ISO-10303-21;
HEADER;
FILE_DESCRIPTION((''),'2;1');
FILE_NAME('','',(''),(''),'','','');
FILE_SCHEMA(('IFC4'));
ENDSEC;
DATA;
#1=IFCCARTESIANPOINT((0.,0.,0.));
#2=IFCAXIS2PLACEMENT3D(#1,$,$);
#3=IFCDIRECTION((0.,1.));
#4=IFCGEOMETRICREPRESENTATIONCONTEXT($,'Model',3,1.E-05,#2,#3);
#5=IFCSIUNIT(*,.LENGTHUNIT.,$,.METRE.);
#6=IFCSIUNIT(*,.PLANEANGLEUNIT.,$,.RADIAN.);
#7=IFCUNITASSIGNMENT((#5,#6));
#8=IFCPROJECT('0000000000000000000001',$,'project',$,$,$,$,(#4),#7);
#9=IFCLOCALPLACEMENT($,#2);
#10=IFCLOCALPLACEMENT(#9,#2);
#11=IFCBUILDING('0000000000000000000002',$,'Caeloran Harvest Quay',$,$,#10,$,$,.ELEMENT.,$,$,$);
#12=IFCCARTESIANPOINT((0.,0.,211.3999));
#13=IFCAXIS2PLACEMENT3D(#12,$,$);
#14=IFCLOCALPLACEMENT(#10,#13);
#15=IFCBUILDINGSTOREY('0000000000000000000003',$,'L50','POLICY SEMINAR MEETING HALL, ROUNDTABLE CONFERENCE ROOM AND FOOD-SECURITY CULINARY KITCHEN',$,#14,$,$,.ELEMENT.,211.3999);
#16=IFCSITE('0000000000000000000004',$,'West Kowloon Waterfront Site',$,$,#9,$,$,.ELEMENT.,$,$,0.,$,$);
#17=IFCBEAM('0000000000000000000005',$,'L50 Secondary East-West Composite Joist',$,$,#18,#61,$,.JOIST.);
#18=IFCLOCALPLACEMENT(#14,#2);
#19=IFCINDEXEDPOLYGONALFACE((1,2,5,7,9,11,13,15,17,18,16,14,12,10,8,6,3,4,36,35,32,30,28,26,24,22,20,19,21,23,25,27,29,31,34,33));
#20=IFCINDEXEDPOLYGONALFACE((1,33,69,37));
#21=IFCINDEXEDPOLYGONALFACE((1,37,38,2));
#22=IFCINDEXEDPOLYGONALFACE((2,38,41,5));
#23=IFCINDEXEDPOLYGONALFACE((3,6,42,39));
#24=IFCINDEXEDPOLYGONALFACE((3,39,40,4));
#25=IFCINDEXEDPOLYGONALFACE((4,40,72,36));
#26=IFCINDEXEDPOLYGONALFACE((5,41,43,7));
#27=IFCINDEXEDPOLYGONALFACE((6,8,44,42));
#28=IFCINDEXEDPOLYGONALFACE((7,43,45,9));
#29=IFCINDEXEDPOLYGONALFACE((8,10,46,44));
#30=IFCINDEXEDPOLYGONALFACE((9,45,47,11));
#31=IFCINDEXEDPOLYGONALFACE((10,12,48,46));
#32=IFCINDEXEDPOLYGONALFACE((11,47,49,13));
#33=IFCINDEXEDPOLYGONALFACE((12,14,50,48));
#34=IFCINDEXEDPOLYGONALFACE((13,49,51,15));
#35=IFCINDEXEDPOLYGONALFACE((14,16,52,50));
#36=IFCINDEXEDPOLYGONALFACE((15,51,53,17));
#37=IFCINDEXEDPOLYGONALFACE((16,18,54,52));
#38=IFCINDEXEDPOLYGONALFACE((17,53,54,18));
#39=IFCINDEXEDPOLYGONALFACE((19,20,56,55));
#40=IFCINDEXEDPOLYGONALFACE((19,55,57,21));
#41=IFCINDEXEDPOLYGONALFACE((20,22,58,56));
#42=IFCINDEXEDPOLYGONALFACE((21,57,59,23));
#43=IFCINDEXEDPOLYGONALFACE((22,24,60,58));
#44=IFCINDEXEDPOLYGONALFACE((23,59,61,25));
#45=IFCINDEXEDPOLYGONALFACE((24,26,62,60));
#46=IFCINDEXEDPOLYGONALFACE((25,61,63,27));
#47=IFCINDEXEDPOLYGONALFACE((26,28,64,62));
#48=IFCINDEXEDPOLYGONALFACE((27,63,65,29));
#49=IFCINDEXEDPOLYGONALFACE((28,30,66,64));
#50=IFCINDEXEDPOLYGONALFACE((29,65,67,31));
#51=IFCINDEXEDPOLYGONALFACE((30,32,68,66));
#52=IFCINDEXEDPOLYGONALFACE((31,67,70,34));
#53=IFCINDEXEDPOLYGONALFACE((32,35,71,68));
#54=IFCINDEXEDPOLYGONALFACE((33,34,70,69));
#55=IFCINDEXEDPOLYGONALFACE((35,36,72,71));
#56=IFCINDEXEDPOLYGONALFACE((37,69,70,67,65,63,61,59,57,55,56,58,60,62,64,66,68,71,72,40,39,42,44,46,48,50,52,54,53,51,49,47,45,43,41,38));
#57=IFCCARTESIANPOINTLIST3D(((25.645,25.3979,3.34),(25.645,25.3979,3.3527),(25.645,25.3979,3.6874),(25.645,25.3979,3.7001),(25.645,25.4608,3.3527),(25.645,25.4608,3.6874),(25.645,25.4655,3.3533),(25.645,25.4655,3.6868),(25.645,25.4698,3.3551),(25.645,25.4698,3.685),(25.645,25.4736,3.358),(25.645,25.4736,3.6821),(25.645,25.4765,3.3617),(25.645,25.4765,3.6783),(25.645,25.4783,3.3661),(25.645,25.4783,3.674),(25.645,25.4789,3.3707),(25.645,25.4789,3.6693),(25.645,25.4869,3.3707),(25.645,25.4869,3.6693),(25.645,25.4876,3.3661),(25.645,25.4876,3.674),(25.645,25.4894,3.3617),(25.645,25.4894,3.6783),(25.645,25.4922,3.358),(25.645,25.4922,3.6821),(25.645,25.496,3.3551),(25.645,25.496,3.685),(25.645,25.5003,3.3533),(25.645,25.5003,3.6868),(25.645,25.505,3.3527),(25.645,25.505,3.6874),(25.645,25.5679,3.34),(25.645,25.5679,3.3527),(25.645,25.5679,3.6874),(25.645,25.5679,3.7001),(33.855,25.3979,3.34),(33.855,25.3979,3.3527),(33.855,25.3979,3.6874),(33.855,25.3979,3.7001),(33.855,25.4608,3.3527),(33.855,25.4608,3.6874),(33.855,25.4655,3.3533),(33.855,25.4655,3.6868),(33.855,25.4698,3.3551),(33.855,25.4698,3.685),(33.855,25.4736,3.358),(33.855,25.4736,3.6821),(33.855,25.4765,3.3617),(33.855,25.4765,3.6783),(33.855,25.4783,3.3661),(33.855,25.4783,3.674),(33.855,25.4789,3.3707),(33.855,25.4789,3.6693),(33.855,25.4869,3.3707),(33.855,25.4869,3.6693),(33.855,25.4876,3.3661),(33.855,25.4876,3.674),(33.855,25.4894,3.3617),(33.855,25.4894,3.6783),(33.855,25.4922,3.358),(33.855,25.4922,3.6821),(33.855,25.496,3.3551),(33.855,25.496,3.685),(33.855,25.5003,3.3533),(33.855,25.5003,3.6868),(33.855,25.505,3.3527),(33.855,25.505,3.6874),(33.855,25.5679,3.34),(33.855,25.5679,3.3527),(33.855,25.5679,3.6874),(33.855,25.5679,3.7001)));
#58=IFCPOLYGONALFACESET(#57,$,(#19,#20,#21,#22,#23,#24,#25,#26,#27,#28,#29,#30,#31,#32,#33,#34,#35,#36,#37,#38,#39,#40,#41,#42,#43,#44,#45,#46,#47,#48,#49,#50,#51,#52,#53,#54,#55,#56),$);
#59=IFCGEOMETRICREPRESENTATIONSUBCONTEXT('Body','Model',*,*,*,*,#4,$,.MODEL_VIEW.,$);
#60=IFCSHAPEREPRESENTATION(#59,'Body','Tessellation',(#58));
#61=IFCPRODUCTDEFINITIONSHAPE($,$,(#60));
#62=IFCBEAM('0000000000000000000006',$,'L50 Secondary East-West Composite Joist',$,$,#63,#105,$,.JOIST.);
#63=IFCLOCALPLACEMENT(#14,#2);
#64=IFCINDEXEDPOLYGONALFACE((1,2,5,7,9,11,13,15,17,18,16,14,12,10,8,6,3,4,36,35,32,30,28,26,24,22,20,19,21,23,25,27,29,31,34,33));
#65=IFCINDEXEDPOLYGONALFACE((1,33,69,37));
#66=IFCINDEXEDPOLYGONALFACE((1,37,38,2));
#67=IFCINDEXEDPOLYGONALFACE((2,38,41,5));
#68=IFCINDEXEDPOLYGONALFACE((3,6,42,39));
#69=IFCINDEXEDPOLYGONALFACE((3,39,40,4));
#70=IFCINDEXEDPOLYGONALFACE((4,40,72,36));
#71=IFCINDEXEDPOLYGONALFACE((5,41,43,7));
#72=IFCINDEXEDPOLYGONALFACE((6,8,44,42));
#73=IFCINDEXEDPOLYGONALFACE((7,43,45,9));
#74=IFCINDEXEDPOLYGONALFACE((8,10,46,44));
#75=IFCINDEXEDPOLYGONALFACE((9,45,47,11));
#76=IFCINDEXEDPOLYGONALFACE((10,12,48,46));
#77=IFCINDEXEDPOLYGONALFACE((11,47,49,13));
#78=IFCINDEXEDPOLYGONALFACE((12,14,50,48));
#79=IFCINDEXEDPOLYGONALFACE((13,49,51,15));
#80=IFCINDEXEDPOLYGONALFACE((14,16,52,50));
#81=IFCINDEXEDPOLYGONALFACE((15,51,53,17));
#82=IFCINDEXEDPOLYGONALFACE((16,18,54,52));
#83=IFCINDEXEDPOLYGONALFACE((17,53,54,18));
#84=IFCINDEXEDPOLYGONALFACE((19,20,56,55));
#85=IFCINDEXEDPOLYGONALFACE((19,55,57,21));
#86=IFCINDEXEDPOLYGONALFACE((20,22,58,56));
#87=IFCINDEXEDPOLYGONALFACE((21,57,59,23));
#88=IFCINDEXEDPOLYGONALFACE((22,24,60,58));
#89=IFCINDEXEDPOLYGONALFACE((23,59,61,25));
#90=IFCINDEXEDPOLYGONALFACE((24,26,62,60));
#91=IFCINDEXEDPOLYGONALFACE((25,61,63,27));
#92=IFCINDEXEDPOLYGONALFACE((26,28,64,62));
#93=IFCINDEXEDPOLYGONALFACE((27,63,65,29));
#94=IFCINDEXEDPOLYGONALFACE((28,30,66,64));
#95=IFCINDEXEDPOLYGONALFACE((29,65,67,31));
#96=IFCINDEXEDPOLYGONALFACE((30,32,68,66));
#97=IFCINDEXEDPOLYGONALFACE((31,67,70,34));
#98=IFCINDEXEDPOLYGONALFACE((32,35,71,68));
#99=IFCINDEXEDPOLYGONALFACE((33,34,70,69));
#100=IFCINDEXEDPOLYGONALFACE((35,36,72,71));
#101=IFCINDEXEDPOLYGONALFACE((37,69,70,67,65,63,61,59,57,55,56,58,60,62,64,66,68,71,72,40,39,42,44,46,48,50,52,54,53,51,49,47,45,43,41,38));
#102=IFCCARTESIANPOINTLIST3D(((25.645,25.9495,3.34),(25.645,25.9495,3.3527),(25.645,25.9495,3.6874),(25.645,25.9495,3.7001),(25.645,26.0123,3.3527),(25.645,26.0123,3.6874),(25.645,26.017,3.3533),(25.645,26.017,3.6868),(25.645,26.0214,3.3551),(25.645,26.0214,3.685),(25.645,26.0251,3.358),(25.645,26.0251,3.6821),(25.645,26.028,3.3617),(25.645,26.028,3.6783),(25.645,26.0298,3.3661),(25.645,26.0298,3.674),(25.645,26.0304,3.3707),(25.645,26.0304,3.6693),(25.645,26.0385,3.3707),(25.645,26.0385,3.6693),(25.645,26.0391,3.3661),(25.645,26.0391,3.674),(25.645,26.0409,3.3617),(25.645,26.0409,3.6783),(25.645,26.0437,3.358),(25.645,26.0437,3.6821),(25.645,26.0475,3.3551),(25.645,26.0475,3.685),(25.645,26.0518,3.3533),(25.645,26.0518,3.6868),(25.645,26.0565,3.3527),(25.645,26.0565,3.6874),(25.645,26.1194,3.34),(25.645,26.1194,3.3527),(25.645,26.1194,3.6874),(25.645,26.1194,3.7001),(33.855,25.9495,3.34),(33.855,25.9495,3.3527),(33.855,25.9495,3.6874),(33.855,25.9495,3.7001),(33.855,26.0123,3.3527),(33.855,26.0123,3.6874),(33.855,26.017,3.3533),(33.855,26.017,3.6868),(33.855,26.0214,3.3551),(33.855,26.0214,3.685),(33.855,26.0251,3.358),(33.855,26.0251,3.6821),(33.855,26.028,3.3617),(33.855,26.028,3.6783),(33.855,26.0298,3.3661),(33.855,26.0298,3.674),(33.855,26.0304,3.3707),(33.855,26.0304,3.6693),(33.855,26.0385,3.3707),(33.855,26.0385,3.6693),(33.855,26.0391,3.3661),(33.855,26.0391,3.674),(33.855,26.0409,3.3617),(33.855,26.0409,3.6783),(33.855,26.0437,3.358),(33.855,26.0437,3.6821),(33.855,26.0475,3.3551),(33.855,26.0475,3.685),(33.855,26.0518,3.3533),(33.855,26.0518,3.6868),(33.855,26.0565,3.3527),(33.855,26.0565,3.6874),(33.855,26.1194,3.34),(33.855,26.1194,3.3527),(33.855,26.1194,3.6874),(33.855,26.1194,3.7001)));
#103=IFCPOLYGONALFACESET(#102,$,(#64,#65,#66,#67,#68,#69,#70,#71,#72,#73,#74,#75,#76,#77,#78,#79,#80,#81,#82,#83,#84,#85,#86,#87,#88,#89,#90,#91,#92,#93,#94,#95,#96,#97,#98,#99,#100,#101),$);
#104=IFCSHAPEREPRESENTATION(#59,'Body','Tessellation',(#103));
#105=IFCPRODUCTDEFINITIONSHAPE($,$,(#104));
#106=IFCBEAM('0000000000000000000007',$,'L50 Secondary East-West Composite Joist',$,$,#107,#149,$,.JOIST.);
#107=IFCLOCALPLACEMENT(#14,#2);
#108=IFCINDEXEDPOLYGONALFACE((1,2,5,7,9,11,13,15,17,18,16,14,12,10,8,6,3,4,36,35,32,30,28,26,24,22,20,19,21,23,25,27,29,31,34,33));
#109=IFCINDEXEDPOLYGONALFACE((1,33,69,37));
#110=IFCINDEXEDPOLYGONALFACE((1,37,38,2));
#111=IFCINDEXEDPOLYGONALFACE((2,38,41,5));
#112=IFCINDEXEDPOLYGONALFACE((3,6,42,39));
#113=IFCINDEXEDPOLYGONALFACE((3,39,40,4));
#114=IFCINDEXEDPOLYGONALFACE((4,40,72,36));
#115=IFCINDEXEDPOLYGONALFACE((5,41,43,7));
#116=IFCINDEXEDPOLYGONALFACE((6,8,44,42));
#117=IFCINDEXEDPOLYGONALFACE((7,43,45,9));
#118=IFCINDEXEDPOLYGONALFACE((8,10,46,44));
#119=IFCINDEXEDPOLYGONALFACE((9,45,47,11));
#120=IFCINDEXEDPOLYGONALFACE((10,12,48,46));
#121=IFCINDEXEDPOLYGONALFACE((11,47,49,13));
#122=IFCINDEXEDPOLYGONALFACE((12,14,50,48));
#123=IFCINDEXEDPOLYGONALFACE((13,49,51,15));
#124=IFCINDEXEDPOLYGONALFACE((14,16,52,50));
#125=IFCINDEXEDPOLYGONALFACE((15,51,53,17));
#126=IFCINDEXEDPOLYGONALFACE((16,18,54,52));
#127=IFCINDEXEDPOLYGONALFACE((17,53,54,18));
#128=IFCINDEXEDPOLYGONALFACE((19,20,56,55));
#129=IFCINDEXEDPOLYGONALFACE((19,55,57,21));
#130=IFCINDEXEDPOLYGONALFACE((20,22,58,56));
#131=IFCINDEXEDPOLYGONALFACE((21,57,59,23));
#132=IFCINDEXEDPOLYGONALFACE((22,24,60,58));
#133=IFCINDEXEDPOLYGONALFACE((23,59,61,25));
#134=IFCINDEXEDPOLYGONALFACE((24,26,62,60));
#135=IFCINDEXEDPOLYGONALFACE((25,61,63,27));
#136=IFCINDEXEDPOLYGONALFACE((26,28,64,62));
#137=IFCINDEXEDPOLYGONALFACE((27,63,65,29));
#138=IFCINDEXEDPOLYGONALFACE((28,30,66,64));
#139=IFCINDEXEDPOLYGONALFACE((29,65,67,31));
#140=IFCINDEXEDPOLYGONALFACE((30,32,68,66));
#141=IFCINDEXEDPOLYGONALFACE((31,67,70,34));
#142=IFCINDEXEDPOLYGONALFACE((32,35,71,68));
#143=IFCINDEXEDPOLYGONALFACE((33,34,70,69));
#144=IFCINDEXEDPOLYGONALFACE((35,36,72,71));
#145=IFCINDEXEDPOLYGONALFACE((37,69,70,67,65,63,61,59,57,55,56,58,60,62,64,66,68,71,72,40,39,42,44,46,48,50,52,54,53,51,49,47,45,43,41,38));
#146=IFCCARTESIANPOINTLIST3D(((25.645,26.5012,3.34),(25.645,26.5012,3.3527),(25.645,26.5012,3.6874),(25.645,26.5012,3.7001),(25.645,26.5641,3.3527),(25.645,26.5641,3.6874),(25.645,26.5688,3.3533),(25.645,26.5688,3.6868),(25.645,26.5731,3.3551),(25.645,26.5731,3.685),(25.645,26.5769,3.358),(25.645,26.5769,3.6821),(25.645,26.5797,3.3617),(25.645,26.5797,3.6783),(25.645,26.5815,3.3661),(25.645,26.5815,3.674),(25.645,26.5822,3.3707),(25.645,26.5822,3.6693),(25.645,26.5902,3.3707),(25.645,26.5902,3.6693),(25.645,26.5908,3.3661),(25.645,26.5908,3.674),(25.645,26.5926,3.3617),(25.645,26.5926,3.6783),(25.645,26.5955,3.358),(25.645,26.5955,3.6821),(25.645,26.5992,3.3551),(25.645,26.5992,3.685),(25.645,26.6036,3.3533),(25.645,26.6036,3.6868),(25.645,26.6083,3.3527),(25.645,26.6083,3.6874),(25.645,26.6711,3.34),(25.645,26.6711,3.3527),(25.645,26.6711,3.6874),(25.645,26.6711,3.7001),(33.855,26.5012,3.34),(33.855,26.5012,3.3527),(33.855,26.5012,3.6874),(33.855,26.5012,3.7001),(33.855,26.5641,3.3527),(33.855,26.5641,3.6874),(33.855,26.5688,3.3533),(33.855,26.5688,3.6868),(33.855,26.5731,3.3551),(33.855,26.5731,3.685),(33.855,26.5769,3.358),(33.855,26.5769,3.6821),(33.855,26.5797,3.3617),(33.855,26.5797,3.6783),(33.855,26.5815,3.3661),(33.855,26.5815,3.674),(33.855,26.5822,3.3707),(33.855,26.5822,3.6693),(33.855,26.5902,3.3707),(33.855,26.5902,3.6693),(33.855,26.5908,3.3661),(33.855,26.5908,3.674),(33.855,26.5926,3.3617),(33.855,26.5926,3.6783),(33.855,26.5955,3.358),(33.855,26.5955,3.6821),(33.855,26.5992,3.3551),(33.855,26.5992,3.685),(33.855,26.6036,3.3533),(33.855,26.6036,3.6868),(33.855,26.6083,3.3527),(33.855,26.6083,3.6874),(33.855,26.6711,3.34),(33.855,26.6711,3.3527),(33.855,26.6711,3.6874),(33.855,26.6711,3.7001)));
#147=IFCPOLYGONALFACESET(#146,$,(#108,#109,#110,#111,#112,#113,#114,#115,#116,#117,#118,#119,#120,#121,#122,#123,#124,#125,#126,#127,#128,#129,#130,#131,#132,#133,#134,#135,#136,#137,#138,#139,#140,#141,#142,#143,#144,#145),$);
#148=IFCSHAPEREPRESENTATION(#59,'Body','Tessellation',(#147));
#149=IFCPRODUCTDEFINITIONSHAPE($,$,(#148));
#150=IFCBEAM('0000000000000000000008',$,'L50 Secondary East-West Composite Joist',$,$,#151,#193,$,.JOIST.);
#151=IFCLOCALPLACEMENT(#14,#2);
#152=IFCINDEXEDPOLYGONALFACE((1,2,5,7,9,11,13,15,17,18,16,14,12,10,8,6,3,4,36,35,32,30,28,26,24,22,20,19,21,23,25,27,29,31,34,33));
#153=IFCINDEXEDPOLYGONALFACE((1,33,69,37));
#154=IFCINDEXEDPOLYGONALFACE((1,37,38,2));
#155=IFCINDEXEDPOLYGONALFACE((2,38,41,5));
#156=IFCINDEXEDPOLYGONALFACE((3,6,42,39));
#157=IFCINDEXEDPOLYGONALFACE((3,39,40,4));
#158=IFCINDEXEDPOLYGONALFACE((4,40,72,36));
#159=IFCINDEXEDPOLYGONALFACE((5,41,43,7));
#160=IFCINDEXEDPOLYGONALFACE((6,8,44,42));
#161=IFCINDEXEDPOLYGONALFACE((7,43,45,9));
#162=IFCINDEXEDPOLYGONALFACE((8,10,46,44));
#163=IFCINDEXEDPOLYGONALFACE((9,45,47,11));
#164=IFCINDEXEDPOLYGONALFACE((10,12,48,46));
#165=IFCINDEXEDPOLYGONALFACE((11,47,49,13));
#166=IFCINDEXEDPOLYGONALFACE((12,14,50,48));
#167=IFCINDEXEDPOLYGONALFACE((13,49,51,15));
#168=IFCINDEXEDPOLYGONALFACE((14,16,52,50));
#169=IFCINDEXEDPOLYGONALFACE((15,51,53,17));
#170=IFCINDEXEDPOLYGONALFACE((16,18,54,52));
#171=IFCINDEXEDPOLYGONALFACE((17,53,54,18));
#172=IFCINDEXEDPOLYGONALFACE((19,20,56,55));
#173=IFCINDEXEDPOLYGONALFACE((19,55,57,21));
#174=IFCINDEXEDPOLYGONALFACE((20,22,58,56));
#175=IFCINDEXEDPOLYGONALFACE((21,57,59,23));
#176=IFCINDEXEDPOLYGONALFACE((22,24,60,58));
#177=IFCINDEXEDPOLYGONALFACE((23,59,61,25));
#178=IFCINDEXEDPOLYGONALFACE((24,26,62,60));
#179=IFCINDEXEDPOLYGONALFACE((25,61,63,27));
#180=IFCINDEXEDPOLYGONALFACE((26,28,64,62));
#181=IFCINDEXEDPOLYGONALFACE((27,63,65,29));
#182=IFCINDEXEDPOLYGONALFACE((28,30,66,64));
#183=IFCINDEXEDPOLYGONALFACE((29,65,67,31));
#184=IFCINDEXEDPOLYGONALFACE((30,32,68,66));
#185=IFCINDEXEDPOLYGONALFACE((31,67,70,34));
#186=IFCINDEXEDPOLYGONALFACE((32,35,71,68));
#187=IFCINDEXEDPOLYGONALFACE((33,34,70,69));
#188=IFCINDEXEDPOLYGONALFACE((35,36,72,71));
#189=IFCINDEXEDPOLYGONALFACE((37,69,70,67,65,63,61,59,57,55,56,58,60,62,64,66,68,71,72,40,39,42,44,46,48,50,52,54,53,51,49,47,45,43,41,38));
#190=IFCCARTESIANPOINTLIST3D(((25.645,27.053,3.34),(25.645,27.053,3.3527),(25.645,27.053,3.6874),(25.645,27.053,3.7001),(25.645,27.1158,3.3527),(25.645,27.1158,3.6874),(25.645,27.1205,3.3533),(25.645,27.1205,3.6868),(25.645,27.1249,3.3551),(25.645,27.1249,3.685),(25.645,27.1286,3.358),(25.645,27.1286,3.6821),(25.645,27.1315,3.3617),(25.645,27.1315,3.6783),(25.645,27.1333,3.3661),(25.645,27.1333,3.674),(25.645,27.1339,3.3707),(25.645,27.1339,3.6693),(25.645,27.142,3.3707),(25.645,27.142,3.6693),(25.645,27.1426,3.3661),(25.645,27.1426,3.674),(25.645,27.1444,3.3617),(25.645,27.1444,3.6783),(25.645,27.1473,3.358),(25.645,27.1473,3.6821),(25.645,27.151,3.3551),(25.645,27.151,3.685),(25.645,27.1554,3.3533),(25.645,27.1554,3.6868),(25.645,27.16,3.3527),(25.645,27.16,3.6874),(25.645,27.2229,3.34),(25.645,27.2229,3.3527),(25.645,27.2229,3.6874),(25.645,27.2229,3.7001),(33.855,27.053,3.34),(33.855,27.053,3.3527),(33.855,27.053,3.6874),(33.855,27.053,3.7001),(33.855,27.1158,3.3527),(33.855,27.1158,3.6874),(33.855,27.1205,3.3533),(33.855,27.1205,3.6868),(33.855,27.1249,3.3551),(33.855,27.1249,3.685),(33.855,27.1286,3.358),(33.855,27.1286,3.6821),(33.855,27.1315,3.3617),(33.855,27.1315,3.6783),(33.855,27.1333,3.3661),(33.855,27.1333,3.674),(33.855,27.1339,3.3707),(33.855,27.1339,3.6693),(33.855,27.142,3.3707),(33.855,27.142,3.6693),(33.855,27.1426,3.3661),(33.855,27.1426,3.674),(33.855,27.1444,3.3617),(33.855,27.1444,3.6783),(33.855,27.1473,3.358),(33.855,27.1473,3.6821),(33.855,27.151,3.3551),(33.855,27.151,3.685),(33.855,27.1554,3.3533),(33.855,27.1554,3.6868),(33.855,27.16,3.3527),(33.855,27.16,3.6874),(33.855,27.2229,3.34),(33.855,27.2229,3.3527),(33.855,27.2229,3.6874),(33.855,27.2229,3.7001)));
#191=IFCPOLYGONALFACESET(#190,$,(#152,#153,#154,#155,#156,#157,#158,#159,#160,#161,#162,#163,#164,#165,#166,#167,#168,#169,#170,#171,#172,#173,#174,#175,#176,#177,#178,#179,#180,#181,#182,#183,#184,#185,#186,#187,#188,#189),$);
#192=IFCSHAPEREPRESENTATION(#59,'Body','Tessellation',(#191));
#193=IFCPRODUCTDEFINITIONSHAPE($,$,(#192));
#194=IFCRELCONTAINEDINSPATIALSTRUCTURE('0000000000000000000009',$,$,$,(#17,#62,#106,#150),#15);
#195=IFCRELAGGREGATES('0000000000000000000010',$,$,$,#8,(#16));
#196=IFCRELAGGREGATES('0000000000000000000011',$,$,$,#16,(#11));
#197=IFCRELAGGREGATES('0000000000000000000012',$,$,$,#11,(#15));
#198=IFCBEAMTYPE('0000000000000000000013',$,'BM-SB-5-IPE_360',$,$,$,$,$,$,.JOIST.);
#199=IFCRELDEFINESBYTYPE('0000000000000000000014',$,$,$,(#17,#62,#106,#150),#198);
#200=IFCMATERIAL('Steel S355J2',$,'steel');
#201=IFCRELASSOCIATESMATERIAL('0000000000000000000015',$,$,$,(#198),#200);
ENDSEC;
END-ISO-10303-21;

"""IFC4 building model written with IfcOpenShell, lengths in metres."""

from ifc_helpers import new_model, si_unit, direction, frame, origin, origin_2d, place, context, subcontext, project, spatial, i_section, extrude, material, material_profile, profile_set, type_object, element, save


model = new_model("IFC4")

# Units and contexts
model_context = context("Model", 3, precision=1e-05, world=origin(), true_north=direction((0.0, 1.0)))
body_context = subcontext(model_context, "Body", "Model", "MODEL_VIEW")
ifc_project = project(units=[si_unit("LENGTHUNIT", "METRE"), si_unit("PLANEANGLEUNIT", "RADIAN")], contexts=[model_context])

# Site, building, storey
site_placement = place(None, origin())
site = spatial("IfcSite", under=ifc_project, at=site_placement, Name="West Kowloon Waterfront Site", CompositionType="ELEMENT", RefElevation=0.0)
building_placement = place(site_placement, origin())
building = spatial("IfcBuilding", under=site, at=building_placement, Name="Caeloran Harvest Quay", CompositionType="ELEMENT")
storey_placement = place(building_placement, frame((0.0, 0.0, 211.3999)))
storey = spatial("IfcBuildingStorey", under=building, at=storey_placement, Name="L50", Description="POLICY SEMINAR MEETING HALL, ROUNDTABLE CONFERENCE ROOM AND FOOD-SECURITY CULINARY KITCHEN", CompositionType="ELEMENT", Elevation=211.3999)

# Beams
ifc_material_1 = material(Name="Steel S355J2", Category="steel")
ifc_material_profile_1 = material_profile(ifc_material_1, i_section(OverallWidth=0.1699, OverallDepth=0.3601, WebThickness=0.0081, FlangeThickness=0.0127, FilletRadius=0.0181, at=origin_2d()), Name="IPE 360")
ifc_profile_set_1 = profile_set([ifc_material_profile_1], Name="Steel S355J2")
beam_type_1 = type_object("IfcBeamType", Name="BM-SB-5-IPE_360", PredefinedType="JOIST", material=ifc_profile_set_1)
for number, where, z_axis, x_axis, name in (
    (1, (25.645, 25.4829, 3.52), (1.0, 0.0, 0.0), (0.0, 1.0, 0.0), "L50 Secondary East-West Composite Joist"),
    (2, (25.645, 26.0344, 3.52), (1.0, 0.0, 0.0), (0.0, 1.0, 0.0), "L50 Secondary East-West Composite Joist"),
    (3, (25.645, 26.5862, 3.52), (1.0, 0.0, 0.0), (0.0, 1.0, 0.0), "L50 Secondary East-West Composite Joist"),
    (4, (25.645, 27.1379, 3.52), (1.0, 0.0, 0.0), (0.0, 1.0, 0.0), "L50 Secondary East-West Composite Joist"),
):
    element("IfcBeam", number, at=place(storey_placement, frame(where, z_axis=z_axis, x_axis=x_axis)), inside=storey, type_object=beam_type_1, Name=name, PredefinedType="JOIST", context=body_context, shape_type="SweptSolid", body=[
        extrude(i_section(OverallWidth=0.1699, OverallDepth=0.3601, WebThickness=0.0081, FlangeThickness=0.0127, FilletRadius=0.0181, at=origin_2d()), origin(), (0.0, 0.0, 1.0), 8.21),
    ])

save(model, "model.ifc")
